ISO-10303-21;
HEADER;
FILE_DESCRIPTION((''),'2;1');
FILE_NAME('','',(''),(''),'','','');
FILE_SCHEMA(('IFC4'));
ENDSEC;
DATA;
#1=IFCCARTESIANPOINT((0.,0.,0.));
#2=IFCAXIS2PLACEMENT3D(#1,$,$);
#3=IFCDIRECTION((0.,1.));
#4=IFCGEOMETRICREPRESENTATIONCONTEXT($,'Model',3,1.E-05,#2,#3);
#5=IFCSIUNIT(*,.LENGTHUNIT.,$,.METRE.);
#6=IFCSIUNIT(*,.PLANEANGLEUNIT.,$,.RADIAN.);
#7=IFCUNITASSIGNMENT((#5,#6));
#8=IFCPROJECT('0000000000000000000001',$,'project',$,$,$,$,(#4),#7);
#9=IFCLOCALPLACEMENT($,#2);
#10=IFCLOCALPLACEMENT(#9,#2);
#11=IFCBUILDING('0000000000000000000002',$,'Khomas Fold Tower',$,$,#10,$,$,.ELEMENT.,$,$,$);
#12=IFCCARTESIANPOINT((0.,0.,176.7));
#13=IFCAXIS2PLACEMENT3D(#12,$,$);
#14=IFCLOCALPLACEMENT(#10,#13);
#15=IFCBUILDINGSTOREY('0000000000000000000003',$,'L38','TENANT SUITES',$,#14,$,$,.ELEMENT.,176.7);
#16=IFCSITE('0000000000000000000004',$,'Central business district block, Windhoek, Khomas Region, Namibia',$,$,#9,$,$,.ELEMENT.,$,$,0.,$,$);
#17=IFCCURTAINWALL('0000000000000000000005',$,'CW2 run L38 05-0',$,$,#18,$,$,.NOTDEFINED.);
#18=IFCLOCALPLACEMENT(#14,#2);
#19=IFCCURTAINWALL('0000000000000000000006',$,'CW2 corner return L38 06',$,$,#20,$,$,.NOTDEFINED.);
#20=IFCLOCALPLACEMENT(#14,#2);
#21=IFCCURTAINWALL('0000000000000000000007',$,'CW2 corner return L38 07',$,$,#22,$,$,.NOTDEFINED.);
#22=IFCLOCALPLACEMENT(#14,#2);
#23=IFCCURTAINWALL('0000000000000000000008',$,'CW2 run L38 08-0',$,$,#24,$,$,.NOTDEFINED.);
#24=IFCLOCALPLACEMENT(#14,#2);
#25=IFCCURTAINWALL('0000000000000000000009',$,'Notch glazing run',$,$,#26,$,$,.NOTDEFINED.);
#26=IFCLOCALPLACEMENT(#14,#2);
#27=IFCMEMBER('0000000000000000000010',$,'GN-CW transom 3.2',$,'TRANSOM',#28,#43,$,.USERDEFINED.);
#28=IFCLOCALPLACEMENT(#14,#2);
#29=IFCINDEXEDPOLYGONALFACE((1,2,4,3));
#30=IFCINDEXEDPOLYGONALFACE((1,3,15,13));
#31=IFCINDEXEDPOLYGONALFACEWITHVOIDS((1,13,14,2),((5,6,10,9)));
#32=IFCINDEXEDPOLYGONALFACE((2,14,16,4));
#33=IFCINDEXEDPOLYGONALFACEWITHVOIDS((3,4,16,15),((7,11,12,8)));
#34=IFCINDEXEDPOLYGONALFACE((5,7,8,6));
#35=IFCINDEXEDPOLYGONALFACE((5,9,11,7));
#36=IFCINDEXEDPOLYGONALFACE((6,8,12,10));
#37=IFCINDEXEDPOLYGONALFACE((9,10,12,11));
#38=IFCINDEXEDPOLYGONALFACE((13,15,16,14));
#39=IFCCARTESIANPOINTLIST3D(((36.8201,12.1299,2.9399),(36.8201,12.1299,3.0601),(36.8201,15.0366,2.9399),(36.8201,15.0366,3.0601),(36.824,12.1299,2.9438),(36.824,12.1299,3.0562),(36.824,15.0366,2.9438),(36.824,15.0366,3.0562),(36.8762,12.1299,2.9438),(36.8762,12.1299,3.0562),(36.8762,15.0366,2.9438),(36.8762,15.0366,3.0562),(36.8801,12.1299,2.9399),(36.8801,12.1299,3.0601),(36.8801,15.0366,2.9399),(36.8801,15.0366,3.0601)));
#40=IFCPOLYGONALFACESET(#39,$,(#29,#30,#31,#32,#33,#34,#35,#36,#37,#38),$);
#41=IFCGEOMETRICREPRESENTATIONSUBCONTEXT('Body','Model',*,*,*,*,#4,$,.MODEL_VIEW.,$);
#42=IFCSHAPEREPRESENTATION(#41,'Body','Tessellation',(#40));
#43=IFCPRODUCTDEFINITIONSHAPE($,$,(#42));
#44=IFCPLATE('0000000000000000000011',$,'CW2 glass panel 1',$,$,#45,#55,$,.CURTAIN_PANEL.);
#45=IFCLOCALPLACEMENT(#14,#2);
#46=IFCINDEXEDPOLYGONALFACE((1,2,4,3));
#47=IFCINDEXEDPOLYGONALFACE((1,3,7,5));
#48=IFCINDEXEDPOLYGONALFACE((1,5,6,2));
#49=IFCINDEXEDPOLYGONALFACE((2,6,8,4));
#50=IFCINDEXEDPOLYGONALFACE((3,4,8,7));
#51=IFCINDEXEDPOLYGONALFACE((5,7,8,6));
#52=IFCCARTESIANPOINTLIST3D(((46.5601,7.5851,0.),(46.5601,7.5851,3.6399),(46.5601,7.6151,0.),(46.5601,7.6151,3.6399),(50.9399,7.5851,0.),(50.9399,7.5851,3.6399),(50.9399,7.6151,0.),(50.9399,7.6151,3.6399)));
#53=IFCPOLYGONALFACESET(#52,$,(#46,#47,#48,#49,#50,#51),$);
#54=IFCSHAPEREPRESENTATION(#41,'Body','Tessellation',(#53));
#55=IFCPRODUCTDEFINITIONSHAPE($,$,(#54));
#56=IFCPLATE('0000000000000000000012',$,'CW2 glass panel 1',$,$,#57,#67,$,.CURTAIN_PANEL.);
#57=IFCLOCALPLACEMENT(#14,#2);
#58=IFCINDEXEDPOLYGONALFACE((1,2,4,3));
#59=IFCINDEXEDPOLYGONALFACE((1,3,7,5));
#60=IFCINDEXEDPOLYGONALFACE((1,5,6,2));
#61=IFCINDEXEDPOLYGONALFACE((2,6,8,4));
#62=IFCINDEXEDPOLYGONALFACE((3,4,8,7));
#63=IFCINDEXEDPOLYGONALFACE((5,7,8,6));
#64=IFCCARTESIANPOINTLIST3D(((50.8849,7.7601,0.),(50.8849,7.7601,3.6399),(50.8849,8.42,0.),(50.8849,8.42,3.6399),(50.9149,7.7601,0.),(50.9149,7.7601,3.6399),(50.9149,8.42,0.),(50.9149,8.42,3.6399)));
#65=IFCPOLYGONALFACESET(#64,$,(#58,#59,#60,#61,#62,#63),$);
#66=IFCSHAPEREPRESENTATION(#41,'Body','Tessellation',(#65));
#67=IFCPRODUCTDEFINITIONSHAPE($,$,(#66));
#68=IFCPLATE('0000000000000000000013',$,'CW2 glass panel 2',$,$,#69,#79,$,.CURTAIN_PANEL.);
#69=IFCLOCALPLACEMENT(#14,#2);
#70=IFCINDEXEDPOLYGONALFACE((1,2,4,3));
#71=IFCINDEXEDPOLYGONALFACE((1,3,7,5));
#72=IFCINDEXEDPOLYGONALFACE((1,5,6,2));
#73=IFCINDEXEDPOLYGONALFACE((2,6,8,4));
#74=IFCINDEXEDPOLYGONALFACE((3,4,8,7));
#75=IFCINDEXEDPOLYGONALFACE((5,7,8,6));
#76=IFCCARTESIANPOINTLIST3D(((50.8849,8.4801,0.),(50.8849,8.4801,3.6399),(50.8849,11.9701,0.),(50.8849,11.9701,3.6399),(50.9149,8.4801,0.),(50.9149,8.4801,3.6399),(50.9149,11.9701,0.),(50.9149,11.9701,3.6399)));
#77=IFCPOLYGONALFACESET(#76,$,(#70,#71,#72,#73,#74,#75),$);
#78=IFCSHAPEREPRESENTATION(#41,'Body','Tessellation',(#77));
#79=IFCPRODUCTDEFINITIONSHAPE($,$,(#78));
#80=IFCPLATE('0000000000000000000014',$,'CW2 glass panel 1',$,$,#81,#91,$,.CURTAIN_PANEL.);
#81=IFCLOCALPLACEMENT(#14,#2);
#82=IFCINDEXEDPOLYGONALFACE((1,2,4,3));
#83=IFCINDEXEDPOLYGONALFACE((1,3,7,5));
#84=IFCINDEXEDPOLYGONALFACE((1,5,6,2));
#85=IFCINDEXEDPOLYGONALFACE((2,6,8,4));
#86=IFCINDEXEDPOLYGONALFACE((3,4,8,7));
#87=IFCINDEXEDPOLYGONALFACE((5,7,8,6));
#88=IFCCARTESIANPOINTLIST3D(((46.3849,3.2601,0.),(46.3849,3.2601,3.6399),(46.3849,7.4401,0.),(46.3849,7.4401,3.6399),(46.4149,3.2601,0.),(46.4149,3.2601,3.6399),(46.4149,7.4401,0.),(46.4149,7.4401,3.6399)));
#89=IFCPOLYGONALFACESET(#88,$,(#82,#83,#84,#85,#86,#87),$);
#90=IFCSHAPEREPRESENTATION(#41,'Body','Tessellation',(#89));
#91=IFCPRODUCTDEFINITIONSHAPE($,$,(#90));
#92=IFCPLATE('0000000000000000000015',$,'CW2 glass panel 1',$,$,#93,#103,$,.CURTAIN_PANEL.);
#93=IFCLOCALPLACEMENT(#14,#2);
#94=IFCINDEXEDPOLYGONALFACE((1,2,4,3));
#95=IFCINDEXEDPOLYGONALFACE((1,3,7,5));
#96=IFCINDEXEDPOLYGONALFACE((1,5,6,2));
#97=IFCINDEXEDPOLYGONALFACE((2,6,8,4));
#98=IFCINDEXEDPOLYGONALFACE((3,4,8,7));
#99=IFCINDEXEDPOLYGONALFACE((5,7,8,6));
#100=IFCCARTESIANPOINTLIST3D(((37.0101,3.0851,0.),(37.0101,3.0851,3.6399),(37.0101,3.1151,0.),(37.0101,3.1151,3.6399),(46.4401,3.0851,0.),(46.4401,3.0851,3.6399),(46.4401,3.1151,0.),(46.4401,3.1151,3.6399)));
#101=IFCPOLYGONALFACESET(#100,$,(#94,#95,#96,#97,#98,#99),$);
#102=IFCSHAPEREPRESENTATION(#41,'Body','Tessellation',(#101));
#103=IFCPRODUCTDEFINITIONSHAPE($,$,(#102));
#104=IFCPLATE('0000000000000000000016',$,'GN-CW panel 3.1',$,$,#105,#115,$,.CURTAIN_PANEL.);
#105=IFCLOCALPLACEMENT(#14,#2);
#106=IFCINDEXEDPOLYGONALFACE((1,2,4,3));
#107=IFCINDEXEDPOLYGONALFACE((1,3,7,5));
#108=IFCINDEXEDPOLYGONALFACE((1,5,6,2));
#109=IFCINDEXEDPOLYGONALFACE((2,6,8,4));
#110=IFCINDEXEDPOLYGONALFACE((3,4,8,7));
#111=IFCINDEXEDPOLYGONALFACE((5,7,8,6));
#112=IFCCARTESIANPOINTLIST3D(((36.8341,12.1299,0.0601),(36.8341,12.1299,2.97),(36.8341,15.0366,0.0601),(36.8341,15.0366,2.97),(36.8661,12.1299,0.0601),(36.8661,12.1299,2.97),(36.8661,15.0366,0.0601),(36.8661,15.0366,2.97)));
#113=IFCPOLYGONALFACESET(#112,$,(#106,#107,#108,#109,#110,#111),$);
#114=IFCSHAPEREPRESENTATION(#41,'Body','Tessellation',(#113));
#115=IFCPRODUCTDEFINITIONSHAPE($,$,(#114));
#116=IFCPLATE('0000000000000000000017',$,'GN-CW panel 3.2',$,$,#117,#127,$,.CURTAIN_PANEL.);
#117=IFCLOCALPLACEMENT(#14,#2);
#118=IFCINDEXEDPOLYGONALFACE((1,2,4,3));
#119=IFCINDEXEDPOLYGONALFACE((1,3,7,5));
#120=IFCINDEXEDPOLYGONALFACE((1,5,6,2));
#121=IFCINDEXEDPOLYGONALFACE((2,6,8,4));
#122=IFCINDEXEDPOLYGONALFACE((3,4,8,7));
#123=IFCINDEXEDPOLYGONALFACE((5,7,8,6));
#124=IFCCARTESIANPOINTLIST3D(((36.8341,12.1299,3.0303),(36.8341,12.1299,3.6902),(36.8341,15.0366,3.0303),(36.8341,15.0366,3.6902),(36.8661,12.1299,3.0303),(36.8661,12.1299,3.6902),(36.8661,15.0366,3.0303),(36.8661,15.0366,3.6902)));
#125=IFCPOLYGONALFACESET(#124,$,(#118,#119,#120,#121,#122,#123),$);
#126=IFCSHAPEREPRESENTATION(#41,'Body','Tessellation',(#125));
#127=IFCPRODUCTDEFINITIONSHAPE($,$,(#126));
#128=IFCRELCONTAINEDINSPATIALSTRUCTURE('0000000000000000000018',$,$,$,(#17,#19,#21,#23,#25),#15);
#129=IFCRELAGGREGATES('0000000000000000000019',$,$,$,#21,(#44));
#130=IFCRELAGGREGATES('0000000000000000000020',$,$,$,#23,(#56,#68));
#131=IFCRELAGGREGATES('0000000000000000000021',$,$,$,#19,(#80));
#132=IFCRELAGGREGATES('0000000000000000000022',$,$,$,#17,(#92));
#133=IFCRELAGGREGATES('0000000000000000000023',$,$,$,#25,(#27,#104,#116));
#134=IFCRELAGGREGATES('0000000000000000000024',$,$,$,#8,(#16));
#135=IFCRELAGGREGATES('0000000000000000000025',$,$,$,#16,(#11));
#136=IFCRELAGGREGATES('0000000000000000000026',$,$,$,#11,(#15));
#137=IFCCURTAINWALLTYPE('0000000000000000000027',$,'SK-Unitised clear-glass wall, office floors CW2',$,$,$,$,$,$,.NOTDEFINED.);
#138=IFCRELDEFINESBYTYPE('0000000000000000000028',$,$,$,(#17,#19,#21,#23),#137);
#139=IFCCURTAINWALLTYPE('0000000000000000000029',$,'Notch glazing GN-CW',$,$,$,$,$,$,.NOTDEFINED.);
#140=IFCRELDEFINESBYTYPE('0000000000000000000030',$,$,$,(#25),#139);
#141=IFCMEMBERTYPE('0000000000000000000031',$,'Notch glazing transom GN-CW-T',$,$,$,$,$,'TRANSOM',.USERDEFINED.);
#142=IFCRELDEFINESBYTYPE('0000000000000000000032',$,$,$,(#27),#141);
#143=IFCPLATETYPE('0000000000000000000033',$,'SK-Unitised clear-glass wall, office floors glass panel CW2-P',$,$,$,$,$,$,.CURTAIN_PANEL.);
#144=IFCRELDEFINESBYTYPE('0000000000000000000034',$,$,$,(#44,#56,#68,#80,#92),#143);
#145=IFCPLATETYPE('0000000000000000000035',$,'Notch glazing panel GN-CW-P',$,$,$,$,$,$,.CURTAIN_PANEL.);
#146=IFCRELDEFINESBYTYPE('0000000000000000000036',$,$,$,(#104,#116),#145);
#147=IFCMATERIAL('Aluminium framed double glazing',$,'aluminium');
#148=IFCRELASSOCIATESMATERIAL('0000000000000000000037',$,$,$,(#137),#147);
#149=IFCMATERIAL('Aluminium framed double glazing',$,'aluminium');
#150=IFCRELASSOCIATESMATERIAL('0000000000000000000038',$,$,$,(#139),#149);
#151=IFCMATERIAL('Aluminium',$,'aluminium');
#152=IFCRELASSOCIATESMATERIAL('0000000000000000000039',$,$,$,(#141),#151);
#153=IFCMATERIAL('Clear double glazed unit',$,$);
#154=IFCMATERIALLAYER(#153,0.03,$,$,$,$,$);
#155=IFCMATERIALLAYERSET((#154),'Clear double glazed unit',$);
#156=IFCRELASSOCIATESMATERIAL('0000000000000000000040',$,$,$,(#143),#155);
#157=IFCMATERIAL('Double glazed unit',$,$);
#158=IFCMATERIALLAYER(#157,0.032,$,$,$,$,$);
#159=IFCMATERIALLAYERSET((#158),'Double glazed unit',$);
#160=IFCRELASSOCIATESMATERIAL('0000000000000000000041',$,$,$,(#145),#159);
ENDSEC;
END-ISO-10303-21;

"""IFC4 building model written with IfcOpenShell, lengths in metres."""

from ifc_helpers import new_model, si_unit, direction, frame, origin, origin_2d, place, context, subcontext, project, spatial, rectangle, hollow_rectangle, extrude, source, transform, mapped, material, layer, layer_set, material_profile, profile_set, type_object, element, aggregate, save


model = new_model("IFC4")

# Units and contexts
model_context = context("Model", 3, precision=1e-05, world=origin(), true_north=direction((0.0, 1.0)))
body_context = subcontext(model_context, "Body", "Model", "MODEL_VIEW")
ifc_project = project(units=[si_unit("LENGTHUNIT", "METRE"), si_unit("PLANEANGLEUNIT", "RADIAN")], contexts=[model_context])

# Site, building, storey
site_placement = place(None, origin())
site = spatial("IfcSite", under=ifc_project, at=site_placement, Name="Central business district block, Windhoek, Khomas Region, Namibia", CompositionType="ELEMENT", RefElevation=0.0)
building_placement = place(site_placement, origin())
building = spatial("IfcBuilding", under=site, at=building_placement, Name="Khomas Fold Tower", CompositionType="ELEMENT")
storey_placement = place(building_placement, frame((0.0, 0.0, 176.7)))
storey = spatial("IfcBuildingStorey", under=building, at=storey_placement, Name="L38", Description="TENANT SUITES", CompositionType="ELEMENT", Elevation=176.7)

# Curtain walls
ifc_material_1 = material(Name="Aluminium framed double glazing", Category="aluminium")
curtain_wall_type_1 = type_object("IfcCurtainWallType", Name="SK-Unitised clear-glass wall, office floors CW2", PredefinedType="NOTDEFINED", material=ifc_material_1)
curtain_wall_1_placement = place(storey_placement, origin())
curtain_wall_1 = element("IfcCurtainWall", 1, at=curtain_wall_1_placement, inside=storey, type_object=curtain_wall_type_1, Name="CW2 run L38 05-0", PredefinedType="NOTDEFINED")
curtain_wall_2_placement = place(storey_placement, origin())
curtain_wall_2 = element("IfcCurtainWall", 2, at=curtain_wall_2_placement, inside=storey, type_object=curtain_wall_type_1, Name="CW2 corner return L38 06", PredefinedType="NOTDEFINED")
curtain_wall_3_placement = place(storey_placement, origin())
curtain_wall_3 = element("IfcCurtainWall", 3, at=curtain_wall_3_placement, inside=storey, type_object=curtain_wall_type_1, Name="CW2 corner return L38 07", PredefinedType="NOTDEFINED")
curtain_wall_4_placement = place(storey_placement, origin())
curtain_wall_4 = element("IfcCurtainWall", 4, at=curtain_wall_4_placement, inside=storey, type_object=curtain_wall_type_1, Name="CW2 run L38 08-0", PredefinedType="NOTDEFINED")

# Curtain wall, member
ifc_material_2 = material(Name="Aluminium framed double glazing", Category="aluminium")
curtain_wall_type_2 = type_object("IfcCurtainWallType", Name="Notch glazing GN-CW", PredefinedType="NOTDEFINED", material=ifc_material_2)
curtain_wall_5_placement = place(storey_placement, origin())
curtain_wall_5 = element("IfcCurtainWall", 5, at=curtain_wall_5_placement, inside=storey, type_object=curtain_wall_type_2, Name="Notch glazing run", PredefinedType="NOTDEFINED")
ifc_material_3 = material(Name="Aluminium", Category="aluminium")
ifc_material_profile_1 = material_profile(ifc_material_3, hollow_rectangle(XDim=0.0601, YDim=0.1201, WallThickness=0.0039, at=origin_2d()), Name="Notch glazing transom GN-CW-T")
ifc_profile_set_1 = profile_set([ifc_material_profile_1], Name="Aluminium")
member_type_1 = type_object("IfcMemberType", Name="Notch glazing transom GN-CW-T", ElementType="TRANSOM", PredefinedType="USERDEFINED", material=ifc_profile_set_1)
shared_shape_1 = source(origin(), body_context, "Body", "SweptSolid", [
    extrude(hollow_rectangle(XDim=0.0601, YDim=0.1201, WallThickness=0.0039, at=origin_2d()), origin(), (0.0, 0.0, 1.0), 2.9067),
])
member_1_placement = place(storey_placement, frame((36.8501, 15.0366, 3.0), z_axis=(0.0, -1.0, 0.0), x_axis=(1.0, 0.0, 0.0)))
member_1 = element("IfcMember", 6, at=member_1_placement, type_object=member_type_1, Name="GN-CW transom 3.2", ObjectType="TRANSOM", PredefinedType="USERDEFINED", context=body_context, shape_type="MappedRepresentation", body=[
    mapped(shared_shape_1, transform((0.0, 0.0, 0.0))),
])

# Plates
ifc_material_4 = material(Name="Clear double glazed unit")
ifc_layer_1 = layer(ifc_material_4, 0.03)
ifc_layer_set_1 = layer_set([ifc_layer_1], Name="Clear double glazed unit")
plate_type_1 = type_object("IfcPlateType", Name="SK-Unitised clear-glass wall, office floors glass panel CW2-P", PredefinedType="CURTAIN_PANEL", material=ifc_layer_set_1)
shared_shape_2 = source(origin(), body_context, "Body", "SweptSolid", [
    extrude(rectangle(XDim=4.3799, YDim=0.03, at=origin_2d()), origin(), (0.0, 0.0, 1.0), 3.6399),
])
plate_1_placement = place(storey_placement, frame((48.75, 7.6001, 0.0), z_axis=(0.0, 0.0, 1.0), x_axis=(1.0, 0.0, 0.0)))
plate_1 = element("IfcPlate", 7, at=plate_1_placement, type_object=plate_type_1, Name="CW2 glass panel 1", PredefinedType="CURTAIN_PANEL", context=body_context, shape_type="MappedRepresentation", body=[
    mapped(shared_shape_2, transform((0.0, 0.0, 0.0))),
])
aggregate(curtain_wall_3, [plate_1])
shared_shape_3 = source(origin(), body_context, "Body", "SweptSolid", [
    extrude(rectangle(XDim=0.6599, YDim=0.03, at=origin_2d()), origin(), (0.0, 0.0, 1.0), 3.6399),
])
plate_2_placement = place(storey_placement, frame((50.8999, 8.0901, 0.0), z_axis=(0.0, 0.0, 1.0), x_axis=(0.0, 1.0, 0.0)))
plate_2 = element("IfcPlate", 8, at=plate_2_placement, type_object=plate_type_1, Name="CW2 glass panel 1", PredefinedType="CURTAIN_PANEL", context=body_context, shape_type="MappedRepresentation", body=[
    mapped(shared_shape_3, transform((0.0, 0.0, 0.0))),
])
shared_shape_4 = source(origin(), body_context, "Body", "SweptSolid", [
    extrude(rectangle(XDim=3.49, YDim=0.03, at=origin_2d()), origin(), (0.0, 0.0, 1.0), 3.6399),
])
plate_3_placement = place(storey_placement, frame((50.8999, 10.2251, 0.0), z_axis=(0.0, 0.0, 1.0), x_axis=(0.0, 1.0, 0.0)))
plate_3 = element("IfcPlate", 9, at=plate_3_placement, type_object=plate_type_1, Name="CW2 glass panel 2", PredefinedType="CURTAIN_PANEL", context=body_context, shape_type="MappedRepresentation", body=[
    mapped(shared_shape_4, transform((0.0, 0.0, 0.0))),
])
aggregate(curtain_wall_4, [plate_2, plate_3])
shared_shape_5 = source(origin(), body_context, "Body", "SweptSolid", [
    extrude(rectangle(XDim=4.1799, YDim=0.03, at=origin_2d()), origin(), (0.0, 0.0, 1.0), 3.6399),
])
plate_4_placement = place(storey_placement, frame((46.3999, 5.3501, 0.0), z_axis=(0.0, 0.0, 1.0), x_axis=(0.0, 1.0, 0.0)))
plate_4 = element("IfcPlate", 10, at=plate_4_placement, type_object=plate_type_1, Name="CW2 glass panel 1", PredefinedType="CURTAIN_PANEL", context=body_context, shape_type="MappedRepresentation", body=[
    mapped(shared_shape_5, transform((0.0, 0.0, 0.0))),
])
aggregate(curtain_wall_2, [plate_4])
shared_shape_6 = source(origin(), body_context, "Body", "SweptSolid", [
    extrude(rectangle(XDim=9.4299, YDim=0.03, at=origin_2d()), origin(), (0.0, 0.0, 1.0), 3.6399),
])
plate_5_placement = place(storey_placement, frame((41.7251, 3.1001, 0.0), z_axis=(0.0, 0.0, 1.0), x_axis=(1.0, 0.0, 0.0)))
plate_5 = element("IfcPlate", 11, at=plate_5_placement, type_object=plate_type_1, Name="CW2 glass panel 1", PredefinedType="CURTAIN_PANEL", context=body_context, shape_type="MappedRepresentation", body=[
    mapped(shared_shape_6, transform((0.0, 0.0, 0.0))),
])
aggregate(curtain_wall_1, [plate_5])
ifc_material_5 = material(Name="Double glazed unit")
ifc_layer_2 = layer(ifc_material_5, 0.032)
ifc_layer_set_2 = layer_set([ifc_layer_2], Name="Double glazed unit")
plate_type_2 = type_object("IfcPlateType", Name="Notch glazing panel GN-CW-P", PredefinedType="CURTAIN_PANEL", material=ifc_layer_set_2)
shared_shape_7 = source(origin(), body_context, "Body", "SweptSolid", [
    extrude(rectangle(XDim=2.9067, YDim=0.032, at=origin_2d()), origin(), (0.0, 0.0, 1.0), 2.9099),
])
plate_6_placement = place(storey_placement, frame((36.8501, 13.5833, 0.0601), z_axis=(0.0, 0.0, 1.0), x_axis=(0.0, -1.0, 0.0)))
plate_6 = element("IfcPlate", 12, at=plate_6_placement, type_object=plate_type_2, Name="GN-CW panel 3.1", PredefinedType="CURTAIN_PANEL", context=body_context, shape_type="MappedRepresentation", body=[
    mapped(shared_shape_7, transform((0.0, 0.0, 0.0))),
])
shared_shape_8 = source(origin(), body_context, "Body", "SweptSolid", [
    extrude(rectangle(XDim=2.9067, YDim=0.032, at=origin_2d()), origin(), (0.0, 0.0, 1.0), 0.6599),
])
plate_7_placement = place(storey_placement, frame((36.8501, 13.5833, 3.0303), z_axis=(0.0, 0.0, 1.0), x_axis=(0.0, -1.0, 0.0)))
plate_7 = element("IfcPlate", 13, at=plate_7_placement, type_object=plate_type_2, Name="GN-CW panel 3.2", PredefinedType="CURTAIN_PANEL", context=body_context, shape_type="MappedRepresentation", body=[
    mapped(shared_shape_8, transform((0.0, 0.0, 0.0))),
])
aggregate(curtain_wall_5, [member_1, plate_6, plate_7])

save(model, "model.ifc")
